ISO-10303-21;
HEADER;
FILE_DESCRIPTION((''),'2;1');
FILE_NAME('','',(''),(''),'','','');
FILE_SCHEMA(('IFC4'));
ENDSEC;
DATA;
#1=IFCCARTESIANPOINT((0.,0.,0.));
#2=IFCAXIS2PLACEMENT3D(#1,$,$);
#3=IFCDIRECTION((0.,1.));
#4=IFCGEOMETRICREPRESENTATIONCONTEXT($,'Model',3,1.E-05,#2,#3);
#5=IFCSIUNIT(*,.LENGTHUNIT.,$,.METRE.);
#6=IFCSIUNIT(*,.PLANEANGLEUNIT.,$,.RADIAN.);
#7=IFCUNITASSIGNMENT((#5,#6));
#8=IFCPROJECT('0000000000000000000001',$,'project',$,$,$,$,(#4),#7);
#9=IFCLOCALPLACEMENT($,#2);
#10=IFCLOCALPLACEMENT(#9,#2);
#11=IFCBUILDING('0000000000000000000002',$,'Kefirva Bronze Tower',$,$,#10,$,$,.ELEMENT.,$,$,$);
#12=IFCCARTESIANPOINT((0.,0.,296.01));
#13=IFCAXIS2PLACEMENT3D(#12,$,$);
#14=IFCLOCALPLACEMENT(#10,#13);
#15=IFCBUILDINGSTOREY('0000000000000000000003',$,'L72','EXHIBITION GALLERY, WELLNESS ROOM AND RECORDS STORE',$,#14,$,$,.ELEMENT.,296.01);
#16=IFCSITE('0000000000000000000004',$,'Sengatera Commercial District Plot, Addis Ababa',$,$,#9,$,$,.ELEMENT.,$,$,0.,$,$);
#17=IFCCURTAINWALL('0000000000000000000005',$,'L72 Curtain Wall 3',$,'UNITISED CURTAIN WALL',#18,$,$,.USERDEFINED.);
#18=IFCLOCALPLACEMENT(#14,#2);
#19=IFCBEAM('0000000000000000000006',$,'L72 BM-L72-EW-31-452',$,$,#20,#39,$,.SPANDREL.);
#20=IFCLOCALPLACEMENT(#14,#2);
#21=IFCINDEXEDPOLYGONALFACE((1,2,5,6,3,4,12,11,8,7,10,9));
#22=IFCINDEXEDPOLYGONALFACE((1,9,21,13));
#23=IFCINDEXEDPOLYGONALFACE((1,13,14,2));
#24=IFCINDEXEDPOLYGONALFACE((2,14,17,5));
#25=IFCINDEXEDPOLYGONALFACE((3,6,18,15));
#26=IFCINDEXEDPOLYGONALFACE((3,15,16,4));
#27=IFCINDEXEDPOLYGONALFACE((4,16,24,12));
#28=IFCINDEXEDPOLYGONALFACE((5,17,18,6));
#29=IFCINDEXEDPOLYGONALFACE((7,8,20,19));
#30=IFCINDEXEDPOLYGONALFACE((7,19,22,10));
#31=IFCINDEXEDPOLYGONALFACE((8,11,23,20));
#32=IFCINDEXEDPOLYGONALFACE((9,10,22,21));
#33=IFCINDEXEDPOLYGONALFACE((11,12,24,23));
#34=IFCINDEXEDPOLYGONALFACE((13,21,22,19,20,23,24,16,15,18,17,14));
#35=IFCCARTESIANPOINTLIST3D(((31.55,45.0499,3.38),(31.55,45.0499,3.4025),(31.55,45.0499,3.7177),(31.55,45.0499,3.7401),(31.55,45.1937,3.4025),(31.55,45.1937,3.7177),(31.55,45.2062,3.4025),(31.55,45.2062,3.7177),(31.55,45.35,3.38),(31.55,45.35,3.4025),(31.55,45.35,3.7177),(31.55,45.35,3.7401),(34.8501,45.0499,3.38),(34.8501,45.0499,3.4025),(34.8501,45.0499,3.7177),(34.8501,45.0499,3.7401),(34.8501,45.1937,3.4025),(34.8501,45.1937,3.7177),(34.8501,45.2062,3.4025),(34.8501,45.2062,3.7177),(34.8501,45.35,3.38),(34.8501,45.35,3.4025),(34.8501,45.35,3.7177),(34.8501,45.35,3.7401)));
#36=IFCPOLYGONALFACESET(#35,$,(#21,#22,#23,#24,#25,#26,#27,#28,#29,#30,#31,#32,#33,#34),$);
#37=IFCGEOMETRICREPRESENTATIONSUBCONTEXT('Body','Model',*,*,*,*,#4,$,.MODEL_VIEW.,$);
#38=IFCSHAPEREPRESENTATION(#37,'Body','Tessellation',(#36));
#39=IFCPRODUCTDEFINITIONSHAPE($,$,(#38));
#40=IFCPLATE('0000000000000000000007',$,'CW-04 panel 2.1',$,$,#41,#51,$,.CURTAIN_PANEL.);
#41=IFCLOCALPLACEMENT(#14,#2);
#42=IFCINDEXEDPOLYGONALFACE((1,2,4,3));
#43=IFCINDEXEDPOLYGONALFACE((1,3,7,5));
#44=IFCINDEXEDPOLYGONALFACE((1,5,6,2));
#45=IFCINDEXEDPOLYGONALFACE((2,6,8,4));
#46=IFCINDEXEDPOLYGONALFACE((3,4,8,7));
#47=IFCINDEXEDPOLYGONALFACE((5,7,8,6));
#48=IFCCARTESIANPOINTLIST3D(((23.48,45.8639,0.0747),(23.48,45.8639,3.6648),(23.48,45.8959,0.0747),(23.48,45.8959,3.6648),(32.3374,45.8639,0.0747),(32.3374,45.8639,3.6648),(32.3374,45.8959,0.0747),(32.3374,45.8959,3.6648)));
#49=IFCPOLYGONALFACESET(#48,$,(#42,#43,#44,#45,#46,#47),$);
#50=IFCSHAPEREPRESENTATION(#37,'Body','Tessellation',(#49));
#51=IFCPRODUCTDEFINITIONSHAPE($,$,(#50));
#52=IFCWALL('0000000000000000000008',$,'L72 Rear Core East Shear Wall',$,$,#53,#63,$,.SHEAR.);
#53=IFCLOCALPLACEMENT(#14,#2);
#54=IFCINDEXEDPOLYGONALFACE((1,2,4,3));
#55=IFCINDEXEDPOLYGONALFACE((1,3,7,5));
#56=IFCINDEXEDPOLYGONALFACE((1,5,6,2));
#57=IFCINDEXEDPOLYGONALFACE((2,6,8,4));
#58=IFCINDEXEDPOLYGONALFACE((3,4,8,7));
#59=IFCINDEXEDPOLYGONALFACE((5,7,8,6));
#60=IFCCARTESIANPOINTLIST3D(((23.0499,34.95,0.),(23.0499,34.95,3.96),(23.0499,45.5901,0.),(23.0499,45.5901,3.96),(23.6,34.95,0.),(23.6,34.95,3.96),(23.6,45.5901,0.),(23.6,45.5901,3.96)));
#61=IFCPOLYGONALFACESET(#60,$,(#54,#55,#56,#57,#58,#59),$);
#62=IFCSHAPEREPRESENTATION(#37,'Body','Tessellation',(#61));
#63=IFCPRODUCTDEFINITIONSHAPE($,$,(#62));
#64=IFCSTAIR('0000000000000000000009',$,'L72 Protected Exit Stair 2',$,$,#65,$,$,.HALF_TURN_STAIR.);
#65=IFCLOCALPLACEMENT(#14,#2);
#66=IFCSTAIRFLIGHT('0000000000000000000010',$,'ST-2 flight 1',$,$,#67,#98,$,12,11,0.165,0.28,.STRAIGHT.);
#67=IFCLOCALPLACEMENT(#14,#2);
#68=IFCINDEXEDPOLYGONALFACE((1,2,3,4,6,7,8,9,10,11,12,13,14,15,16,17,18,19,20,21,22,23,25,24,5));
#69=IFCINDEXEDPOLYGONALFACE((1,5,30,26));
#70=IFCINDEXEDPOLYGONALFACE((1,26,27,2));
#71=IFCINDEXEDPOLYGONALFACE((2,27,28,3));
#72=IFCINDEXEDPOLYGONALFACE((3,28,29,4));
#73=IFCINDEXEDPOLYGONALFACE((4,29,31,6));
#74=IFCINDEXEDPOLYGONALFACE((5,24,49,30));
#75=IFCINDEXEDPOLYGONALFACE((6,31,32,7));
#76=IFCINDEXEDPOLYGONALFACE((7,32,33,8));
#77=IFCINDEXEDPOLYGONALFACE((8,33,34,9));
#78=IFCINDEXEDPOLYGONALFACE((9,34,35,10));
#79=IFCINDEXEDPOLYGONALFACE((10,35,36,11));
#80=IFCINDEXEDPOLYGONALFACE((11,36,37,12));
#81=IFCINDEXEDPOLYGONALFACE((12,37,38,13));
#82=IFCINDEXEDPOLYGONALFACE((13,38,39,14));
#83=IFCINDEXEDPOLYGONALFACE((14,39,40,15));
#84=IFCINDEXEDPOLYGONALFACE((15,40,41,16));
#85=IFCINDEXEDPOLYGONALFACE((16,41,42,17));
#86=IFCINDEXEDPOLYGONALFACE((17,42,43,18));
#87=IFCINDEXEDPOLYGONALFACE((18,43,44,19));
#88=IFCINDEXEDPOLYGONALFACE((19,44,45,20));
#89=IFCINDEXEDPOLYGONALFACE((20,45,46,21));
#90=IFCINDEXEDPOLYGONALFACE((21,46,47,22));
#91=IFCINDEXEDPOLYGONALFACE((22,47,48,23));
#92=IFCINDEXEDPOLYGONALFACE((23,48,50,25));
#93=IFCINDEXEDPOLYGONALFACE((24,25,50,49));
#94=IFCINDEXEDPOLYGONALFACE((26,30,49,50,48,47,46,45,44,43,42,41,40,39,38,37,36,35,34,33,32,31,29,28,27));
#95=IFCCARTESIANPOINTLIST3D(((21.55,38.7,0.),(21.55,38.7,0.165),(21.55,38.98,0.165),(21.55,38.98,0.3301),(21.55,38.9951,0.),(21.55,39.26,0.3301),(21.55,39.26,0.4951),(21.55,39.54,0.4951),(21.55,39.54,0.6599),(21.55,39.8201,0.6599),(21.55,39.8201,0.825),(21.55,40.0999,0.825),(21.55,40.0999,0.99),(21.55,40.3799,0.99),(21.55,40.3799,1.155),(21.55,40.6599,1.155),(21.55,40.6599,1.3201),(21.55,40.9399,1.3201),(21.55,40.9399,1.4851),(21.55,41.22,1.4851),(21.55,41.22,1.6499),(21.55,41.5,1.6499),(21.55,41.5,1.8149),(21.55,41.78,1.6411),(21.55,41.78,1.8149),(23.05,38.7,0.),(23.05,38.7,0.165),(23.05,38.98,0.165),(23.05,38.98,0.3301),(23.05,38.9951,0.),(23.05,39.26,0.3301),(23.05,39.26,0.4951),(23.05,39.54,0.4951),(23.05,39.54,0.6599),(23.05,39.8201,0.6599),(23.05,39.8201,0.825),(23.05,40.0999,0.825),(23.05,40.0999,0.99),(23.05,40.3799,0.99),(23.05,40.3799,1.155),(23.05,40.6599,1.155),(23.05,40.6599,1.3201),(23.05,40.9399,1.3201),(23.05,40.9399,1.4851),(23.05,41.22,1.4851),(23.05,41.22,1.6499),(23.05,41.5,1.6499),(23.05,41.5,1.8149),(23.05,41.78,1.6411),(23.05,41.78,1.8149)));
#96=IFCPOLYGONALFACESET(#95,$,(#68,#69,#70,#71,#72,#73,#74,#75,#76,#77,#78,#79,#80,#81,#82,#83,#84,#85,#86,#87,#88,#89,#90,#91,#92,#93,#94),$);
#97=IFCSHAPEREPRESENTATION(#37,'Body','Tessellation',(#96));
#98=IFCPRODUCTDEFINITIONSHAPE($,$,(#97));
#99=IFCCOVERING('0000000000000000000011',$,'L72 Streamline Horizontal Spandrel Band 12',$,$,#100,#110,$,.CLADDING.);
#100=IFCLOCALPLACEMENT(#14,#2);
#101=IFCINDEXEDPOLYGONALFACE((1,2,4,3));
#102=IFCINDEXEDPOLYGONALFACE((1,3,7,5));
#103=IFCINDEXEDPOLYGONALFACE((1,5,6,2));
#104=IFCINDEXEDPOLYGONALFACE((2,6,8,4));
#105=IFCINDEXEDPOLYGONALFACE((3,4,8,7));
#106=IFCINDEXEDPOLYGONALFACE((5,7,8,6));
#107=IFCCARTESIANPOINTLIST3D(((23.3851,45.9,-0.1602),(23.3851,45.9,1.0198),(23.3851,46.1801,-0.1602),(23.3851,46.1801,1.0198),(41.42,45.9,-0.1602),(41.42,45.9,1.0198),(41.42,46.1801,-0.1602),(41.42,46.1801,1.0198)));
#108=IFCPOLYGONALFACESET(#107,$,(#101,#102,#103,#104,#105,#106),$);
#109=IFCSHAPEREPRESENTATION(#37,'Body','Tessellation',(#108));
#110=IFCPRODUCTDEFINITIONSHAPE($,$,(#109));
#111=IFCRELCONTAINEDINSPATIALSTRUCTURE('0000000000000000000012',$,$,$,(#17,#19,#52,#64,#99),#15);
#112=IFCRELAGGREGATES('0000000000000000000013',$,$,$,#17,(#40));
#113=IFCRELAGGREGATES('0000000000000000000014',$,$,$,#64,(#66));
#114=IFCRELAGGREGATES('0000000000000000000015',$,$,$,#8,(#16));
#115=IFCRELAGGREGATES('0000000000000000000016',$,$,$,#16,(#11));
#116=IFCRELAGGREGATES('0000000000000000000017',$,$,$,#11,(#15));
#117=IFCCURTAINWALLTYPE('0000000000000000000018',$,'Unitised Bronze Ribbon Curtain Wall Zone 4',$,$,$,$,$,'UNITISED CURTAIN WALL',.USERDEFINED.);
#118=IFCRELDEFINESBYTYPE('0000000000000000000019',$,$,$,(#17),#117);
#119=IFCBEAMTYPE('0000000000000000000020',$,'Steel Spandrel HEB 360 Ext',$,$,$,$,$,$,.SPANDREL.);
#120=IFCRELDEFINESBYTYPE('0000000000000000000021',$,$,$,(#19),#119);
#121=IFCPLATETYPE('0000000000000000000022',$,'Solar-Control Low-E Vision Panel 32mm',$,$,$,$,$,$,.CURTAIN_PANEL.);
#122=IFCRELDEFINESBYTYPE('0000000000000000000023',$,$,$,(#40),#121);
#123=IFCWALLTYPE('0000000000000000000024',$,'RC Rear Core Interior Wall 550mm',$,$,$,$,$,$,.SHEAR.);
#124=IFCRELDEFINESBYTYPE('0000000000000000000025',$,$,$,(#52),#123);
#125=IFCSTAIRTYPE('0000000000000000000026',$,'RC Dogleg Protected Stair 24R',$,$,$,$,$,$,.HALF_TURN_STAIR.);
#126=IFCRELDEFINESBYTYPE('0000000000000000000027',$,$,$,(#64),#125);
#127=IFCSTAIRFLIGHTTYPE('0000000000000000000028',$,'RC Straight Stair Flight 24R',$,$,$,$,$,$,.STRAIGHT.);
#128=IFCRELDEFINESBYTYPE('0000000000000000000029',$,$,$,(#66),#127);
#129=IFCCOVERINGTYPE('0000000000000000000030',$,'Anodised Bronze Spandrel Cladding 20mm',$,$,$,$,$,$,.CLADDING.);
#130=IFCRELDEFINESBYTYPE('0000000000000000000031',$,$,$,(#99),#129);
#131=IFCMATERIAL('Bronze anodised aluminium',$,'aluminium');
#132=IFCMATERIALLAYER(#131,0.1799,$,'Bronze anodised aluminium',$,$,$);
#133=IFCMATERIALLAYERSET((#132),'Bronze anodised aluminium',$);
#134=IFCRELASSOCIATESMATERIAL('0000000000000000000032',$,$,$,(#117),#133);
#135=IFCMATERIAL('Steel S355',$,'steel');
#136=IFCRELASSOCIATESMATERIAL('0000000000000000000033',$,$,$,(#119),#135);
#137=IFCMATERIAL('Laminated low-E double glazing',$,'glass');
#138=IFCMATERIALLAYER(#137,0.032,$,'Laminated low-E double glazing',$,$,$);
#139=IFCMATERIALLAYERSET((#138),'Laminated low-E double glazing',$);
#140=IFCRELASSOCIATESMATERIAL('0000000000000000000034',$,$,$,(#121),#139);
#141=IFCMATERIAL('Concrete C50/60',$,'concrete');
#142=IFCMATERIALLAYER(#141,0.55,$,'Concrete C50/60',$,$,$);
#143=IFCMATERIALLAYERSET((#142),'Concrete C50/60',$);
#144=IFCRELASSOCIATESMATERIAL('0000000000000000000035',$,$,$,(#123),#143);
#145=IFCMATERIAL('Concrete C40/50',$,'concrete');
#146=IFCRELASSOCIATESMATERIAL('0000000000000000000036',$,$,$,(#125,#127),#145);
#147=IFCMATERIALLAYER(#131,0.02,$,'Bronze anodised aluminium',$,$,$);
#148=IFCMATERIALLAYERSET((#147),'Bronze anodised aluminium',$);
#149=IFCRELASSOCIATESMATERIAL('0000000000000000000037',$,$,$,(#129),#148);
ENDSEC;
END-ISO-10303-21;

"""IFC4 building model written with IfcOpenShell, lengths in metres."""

from ifc_helpers import new_model, si_unit, direction, frame, frame_2d, origin, origin_2d, place, context, subcontext, project, spatial, polyline, rectangle, i_section, outline, extrude, material, layer, layer_set, material_profile, profile_set, type_object, element, aggregate, save


model = new_model("IFC4")

# Units and contexts
model_context = context("Model", 3, precision=1e-05, world=origin(), true_north=direction((0.0, 1.0)))
body_context = subcontext(model_context, "Body", "Model", "MODEL_VIEW")
ifc_project = project(units=[si_unit("LENGTHUNIT", "METRE"), si_unit("PLANEANGLEUNIT", "RADIAN")], contexts=[model_context])

# Site, building, storey
site_placement = place(None, origin())
site = spatial("IfcSite", under=ifc_project, at=site_placement, Name="Sengatera Commercial District Plot, Addis Ababa", CompositionType="ELEMENT", RefElevation=0.0)
building_placement = place(site_placement, origin())
building = spatial("IfcBuilding", under=site, at=building_placement, Name="Kefirva Bronze Tower", CompositionType="ELEMENT")
storey_placement = place(building_placement, frame((0.0, 0.0, 296.01)))
storey = spatial("IfcBuildingStorey", under=building, at=storey_placement, Name="L72", Description="EXHIBITION GALLERY, WELLNESS ROOM AND RECORDS STORE", CompositionType="ELEMENT", Elevation=296.01)

# Shared definitions
ifc_material_1 = material(Name="Concrete C50/60", Category="concrete")

# Curtain wall
ifc_material_2 = material(Name="Bronze anodised aluminium", Category="aluminium")
ifc_layer_1 = layer(ifc_material_2, 0.1799, Name="Bronze anodised aluminium")
ifc_layer_set_1 = layer_set([ifc_layer_1], Name="Bronze anodised aluminium")
curtain_wall_type = type_object("IfcCurtainWallType", Name="Unitised Bronze Ribbon Curtain Wall Zone 4", ElementType="UNITISED CURTAIN WALL", PredefinedType="USERDEFINED", material=ifc_layer_set_1)
curtain_wall_placement = place(storey_placement, origin())
curtain_wall = element("IfcCurtainWall", 1, at=curtain_wall_placement, inside=storey, type_object=curtain_wall_type, Name="L72 Curtain Wall 3", ObjectType="UNITISED CURTAIN WALL", PredefinedType="USERDEFINED")

# Beam
ifc_material_3 = material(Name="Steel S355", Category="steel")
ifc_material_profile_1 = material_profile(ifc_material_3, i_section(OverallWidth=0.3, OverallDepth=0.3601, WebThickness=0.0125, FlangeThickness=0.0225, at=origin_2d()), Name="HEB 360")
ifc_profile_set_1 = profile_set([ifc_material_profile_1], Name="Steel S355")
beam_type_1 = type_object("IfcBeamType", Name="Steel Spandrel HEB 360 Ext", PredefinedType="SPANDREL", material=ifc_profile_set_1)
beam_1_placement = place(storey_placement, frame((31.55, 45.2, 3.5601), z_axis=(1.0, 0.0, 0.0), x_axis=(0.0, 1.0, 0.0)))
element("IfcBeam", 2, at=beam_1_placement, inside=storey, type_object=beam_type_1, Name="L72 BM-L72-EW-31-452", PredefinedType="SPANDREL", context=body_context, shape_type="SweptSolid", body=[
    extrude(i_section(OverallWidth=0.3, OverallDepth=0.3601, WebThickness=0.0125, FlangeThickness=0.0225, at=origin_2d()), origin(), (0.0, 0.0, 1.0), 3.3),
])

# Plate
ifc_material_4 = material(Name="Laminated low-E double glazing", Category="glass")
ifc_layer_2 = layer(ifc_material_4, 0.032, Name="Laminated low-E double glazing")
ifc_layer_set_2 = layer_set([ifc_layer_2], Name="Laminated low-E double glazing")
plate_type = type_object("IfcPlateType", Name="Solar-Control Low-E Vision Panel 32mm", PredefinedType="CURTAIN_PANEL", material=ifc_layer_set_2)
plate_placement = place(storey_placement, frame((27.9087, 45.8799, 0.0747), z_axis=(0.0, 0.0, 1.0), x_axis=(-1.0, 0.0, 0.0)))
plate = element("IfcPlate", 3, at=plate_placement, type_object=plate_type, Name="CW-04 panel 2.1", PredefinedType="CURTAIN_PANEL", context=body_context, shape_type="SweptSolid", body=[
    extrude(rectangle(XDim=8.8574, YDim=0.032, at=origin_2d()), origin(), (0.0, 0.0, 1.0), 3.5901),
])
aggregate(curtain_wall, [plate])

# Wall
ifc_layer_3 = layer(ifc_material_1, 0.55, Name="Concrete C50/60")
ifc_layer_set_3 = layer_set([ifc_layer_3], Name="Concrete C50/60")
wall_type = type_object("IfcWallType", Name="RC Rear Core Interior Wall 550mm", PredefinedType="SHEAR", material=ifc_layer_set_3)
wall_placement = place(storey_placement, frame((23.325, 34.95, 0.0), z_axis=(0.0, 0.0, 1.0), x_axis=(0.0, 1.0, 0.0)))
element("IfcWall", 4, at=wall_placement, inside=storey, type_object=wall_type, Name="L72 Rear Core East Shear Wall", PredefinedType="SHEAR", context=body_context, shape_type="SweptSolid", body=[
    extrude(rectangle(XDim=10.6401, YDim=0.55, at=frame_2d((5.3201, 0.0))), origin(), (0.0, 0.0, 1.0), 3.96),
])

# Stair, stair flight
ifc_material_5 = material(Name="Concrete C40/50", Category="concrete")
stair_type = type_object("IfcStairType", Name="RC Dogleg Protected Stair 24R", PredefinedType="HALF_TURN_STAIR", material=ifc_material_5)
stair_placement = place(storey_placement, origin())
stair = element("IfcStair", 5, at=stair_placement, inside=storey, type_object=stair_type, Name="L72 Protected Exit Stair 2", PredefinedType="HALF_TURN_STAIR")
stair_flight_type = type_object("IfcStairFlightType", Name="RC Straight Stair Flight 24R", PredefinedType="STRAIGHT", material=ifc_material_5)
stair_flight_placement = place(storey_placement, frame((22.3, 38.7, 0.0), z_axis=(0.0, 0.0, 1.0), x_axis=(0.0, 1.0, 0.0)))
stair_flight = element("IfcStairFlight", 6, at=stair_flight_placement, type_object=stair_flight_type, Name="ST-2 flight 1", NumberOfRisers=12, NumberOfTreads=11, PredefinedType="STRAIGHT", RiserHeight=0.165, TreadLength=0.28, context=body_context, shape_type="SweptSolid", body=[
    extrude(outline(polyline([(0.0, 0.0), (0.0, 0.165), (0.28, 0.165), (0.28, 0.3301), (0.5601, 0.3301), (0.5601, 0.4951), (0.8401, 0.4951), (0.8401, 0.6599), (1.1201, 0.6599), (1.1201, 0.825), (1.3999, 0.825), (1.3999, 0.99), (1.6799, 0.99), (1.6799, 1.155), (1.96, 1.155), (1.96, 1.3201), (2.24, 1.3201), (2.24, 1.4851), (2.52, 1.4851), (2.52, 1.6499), (2.8, 1.6499), (2.8, 1.8149), (3.0801, 1.8149), (3.0801, 1.98), (3.0801, 1.6411), (0.2952, 0.0), (0.0, 0.0)])), frame((0.0, 0.75, 0.0), z_axis=(0.0, -1.0, 0.0), x_axis=(1.0, 0.0, 0.0)), (0.0, 0.0, 1.0), 1.5),
])
aggregate(stair, [stair_flight])

# Covering
ifc_layer_4 = layer(ifc_material_2, 0.02, Name="Bronze anodised aluminium")
ifc_layer_set_4 = layer_set([ifc_layer_4], Name="Bronze anodised aluminium")
covering_type_1 = type_object("IfcCoveringType", Name="Anodised Bronze Spandrel Cladding 20mm", PredefinedType="CLADDING", material=ifc_layer_set_4)
covering_1_placement = place(storey_placement, frame((32.4026, 46.04, -0.1602), z_axis=(0.0, 0.0, 1.0), x_axis=(-1.0, 0.0, 0.0)))
element("IfcCovering", 7, at=covering_1_placement, inside=storey, type_object=covering_type_1, Name="L72 Streamline Horizontal Spandrel Band 12", PredefinedType="CLADDING", context=body_context, shape_type="SweptSolid", body=[
    extrude(rectangle(XDim=18.0349, YDim=0.28, at=origin_2d()), origin(), (0.0, 0.0, 1.0), 1.1799),
])

save(model, "model.ifc")
